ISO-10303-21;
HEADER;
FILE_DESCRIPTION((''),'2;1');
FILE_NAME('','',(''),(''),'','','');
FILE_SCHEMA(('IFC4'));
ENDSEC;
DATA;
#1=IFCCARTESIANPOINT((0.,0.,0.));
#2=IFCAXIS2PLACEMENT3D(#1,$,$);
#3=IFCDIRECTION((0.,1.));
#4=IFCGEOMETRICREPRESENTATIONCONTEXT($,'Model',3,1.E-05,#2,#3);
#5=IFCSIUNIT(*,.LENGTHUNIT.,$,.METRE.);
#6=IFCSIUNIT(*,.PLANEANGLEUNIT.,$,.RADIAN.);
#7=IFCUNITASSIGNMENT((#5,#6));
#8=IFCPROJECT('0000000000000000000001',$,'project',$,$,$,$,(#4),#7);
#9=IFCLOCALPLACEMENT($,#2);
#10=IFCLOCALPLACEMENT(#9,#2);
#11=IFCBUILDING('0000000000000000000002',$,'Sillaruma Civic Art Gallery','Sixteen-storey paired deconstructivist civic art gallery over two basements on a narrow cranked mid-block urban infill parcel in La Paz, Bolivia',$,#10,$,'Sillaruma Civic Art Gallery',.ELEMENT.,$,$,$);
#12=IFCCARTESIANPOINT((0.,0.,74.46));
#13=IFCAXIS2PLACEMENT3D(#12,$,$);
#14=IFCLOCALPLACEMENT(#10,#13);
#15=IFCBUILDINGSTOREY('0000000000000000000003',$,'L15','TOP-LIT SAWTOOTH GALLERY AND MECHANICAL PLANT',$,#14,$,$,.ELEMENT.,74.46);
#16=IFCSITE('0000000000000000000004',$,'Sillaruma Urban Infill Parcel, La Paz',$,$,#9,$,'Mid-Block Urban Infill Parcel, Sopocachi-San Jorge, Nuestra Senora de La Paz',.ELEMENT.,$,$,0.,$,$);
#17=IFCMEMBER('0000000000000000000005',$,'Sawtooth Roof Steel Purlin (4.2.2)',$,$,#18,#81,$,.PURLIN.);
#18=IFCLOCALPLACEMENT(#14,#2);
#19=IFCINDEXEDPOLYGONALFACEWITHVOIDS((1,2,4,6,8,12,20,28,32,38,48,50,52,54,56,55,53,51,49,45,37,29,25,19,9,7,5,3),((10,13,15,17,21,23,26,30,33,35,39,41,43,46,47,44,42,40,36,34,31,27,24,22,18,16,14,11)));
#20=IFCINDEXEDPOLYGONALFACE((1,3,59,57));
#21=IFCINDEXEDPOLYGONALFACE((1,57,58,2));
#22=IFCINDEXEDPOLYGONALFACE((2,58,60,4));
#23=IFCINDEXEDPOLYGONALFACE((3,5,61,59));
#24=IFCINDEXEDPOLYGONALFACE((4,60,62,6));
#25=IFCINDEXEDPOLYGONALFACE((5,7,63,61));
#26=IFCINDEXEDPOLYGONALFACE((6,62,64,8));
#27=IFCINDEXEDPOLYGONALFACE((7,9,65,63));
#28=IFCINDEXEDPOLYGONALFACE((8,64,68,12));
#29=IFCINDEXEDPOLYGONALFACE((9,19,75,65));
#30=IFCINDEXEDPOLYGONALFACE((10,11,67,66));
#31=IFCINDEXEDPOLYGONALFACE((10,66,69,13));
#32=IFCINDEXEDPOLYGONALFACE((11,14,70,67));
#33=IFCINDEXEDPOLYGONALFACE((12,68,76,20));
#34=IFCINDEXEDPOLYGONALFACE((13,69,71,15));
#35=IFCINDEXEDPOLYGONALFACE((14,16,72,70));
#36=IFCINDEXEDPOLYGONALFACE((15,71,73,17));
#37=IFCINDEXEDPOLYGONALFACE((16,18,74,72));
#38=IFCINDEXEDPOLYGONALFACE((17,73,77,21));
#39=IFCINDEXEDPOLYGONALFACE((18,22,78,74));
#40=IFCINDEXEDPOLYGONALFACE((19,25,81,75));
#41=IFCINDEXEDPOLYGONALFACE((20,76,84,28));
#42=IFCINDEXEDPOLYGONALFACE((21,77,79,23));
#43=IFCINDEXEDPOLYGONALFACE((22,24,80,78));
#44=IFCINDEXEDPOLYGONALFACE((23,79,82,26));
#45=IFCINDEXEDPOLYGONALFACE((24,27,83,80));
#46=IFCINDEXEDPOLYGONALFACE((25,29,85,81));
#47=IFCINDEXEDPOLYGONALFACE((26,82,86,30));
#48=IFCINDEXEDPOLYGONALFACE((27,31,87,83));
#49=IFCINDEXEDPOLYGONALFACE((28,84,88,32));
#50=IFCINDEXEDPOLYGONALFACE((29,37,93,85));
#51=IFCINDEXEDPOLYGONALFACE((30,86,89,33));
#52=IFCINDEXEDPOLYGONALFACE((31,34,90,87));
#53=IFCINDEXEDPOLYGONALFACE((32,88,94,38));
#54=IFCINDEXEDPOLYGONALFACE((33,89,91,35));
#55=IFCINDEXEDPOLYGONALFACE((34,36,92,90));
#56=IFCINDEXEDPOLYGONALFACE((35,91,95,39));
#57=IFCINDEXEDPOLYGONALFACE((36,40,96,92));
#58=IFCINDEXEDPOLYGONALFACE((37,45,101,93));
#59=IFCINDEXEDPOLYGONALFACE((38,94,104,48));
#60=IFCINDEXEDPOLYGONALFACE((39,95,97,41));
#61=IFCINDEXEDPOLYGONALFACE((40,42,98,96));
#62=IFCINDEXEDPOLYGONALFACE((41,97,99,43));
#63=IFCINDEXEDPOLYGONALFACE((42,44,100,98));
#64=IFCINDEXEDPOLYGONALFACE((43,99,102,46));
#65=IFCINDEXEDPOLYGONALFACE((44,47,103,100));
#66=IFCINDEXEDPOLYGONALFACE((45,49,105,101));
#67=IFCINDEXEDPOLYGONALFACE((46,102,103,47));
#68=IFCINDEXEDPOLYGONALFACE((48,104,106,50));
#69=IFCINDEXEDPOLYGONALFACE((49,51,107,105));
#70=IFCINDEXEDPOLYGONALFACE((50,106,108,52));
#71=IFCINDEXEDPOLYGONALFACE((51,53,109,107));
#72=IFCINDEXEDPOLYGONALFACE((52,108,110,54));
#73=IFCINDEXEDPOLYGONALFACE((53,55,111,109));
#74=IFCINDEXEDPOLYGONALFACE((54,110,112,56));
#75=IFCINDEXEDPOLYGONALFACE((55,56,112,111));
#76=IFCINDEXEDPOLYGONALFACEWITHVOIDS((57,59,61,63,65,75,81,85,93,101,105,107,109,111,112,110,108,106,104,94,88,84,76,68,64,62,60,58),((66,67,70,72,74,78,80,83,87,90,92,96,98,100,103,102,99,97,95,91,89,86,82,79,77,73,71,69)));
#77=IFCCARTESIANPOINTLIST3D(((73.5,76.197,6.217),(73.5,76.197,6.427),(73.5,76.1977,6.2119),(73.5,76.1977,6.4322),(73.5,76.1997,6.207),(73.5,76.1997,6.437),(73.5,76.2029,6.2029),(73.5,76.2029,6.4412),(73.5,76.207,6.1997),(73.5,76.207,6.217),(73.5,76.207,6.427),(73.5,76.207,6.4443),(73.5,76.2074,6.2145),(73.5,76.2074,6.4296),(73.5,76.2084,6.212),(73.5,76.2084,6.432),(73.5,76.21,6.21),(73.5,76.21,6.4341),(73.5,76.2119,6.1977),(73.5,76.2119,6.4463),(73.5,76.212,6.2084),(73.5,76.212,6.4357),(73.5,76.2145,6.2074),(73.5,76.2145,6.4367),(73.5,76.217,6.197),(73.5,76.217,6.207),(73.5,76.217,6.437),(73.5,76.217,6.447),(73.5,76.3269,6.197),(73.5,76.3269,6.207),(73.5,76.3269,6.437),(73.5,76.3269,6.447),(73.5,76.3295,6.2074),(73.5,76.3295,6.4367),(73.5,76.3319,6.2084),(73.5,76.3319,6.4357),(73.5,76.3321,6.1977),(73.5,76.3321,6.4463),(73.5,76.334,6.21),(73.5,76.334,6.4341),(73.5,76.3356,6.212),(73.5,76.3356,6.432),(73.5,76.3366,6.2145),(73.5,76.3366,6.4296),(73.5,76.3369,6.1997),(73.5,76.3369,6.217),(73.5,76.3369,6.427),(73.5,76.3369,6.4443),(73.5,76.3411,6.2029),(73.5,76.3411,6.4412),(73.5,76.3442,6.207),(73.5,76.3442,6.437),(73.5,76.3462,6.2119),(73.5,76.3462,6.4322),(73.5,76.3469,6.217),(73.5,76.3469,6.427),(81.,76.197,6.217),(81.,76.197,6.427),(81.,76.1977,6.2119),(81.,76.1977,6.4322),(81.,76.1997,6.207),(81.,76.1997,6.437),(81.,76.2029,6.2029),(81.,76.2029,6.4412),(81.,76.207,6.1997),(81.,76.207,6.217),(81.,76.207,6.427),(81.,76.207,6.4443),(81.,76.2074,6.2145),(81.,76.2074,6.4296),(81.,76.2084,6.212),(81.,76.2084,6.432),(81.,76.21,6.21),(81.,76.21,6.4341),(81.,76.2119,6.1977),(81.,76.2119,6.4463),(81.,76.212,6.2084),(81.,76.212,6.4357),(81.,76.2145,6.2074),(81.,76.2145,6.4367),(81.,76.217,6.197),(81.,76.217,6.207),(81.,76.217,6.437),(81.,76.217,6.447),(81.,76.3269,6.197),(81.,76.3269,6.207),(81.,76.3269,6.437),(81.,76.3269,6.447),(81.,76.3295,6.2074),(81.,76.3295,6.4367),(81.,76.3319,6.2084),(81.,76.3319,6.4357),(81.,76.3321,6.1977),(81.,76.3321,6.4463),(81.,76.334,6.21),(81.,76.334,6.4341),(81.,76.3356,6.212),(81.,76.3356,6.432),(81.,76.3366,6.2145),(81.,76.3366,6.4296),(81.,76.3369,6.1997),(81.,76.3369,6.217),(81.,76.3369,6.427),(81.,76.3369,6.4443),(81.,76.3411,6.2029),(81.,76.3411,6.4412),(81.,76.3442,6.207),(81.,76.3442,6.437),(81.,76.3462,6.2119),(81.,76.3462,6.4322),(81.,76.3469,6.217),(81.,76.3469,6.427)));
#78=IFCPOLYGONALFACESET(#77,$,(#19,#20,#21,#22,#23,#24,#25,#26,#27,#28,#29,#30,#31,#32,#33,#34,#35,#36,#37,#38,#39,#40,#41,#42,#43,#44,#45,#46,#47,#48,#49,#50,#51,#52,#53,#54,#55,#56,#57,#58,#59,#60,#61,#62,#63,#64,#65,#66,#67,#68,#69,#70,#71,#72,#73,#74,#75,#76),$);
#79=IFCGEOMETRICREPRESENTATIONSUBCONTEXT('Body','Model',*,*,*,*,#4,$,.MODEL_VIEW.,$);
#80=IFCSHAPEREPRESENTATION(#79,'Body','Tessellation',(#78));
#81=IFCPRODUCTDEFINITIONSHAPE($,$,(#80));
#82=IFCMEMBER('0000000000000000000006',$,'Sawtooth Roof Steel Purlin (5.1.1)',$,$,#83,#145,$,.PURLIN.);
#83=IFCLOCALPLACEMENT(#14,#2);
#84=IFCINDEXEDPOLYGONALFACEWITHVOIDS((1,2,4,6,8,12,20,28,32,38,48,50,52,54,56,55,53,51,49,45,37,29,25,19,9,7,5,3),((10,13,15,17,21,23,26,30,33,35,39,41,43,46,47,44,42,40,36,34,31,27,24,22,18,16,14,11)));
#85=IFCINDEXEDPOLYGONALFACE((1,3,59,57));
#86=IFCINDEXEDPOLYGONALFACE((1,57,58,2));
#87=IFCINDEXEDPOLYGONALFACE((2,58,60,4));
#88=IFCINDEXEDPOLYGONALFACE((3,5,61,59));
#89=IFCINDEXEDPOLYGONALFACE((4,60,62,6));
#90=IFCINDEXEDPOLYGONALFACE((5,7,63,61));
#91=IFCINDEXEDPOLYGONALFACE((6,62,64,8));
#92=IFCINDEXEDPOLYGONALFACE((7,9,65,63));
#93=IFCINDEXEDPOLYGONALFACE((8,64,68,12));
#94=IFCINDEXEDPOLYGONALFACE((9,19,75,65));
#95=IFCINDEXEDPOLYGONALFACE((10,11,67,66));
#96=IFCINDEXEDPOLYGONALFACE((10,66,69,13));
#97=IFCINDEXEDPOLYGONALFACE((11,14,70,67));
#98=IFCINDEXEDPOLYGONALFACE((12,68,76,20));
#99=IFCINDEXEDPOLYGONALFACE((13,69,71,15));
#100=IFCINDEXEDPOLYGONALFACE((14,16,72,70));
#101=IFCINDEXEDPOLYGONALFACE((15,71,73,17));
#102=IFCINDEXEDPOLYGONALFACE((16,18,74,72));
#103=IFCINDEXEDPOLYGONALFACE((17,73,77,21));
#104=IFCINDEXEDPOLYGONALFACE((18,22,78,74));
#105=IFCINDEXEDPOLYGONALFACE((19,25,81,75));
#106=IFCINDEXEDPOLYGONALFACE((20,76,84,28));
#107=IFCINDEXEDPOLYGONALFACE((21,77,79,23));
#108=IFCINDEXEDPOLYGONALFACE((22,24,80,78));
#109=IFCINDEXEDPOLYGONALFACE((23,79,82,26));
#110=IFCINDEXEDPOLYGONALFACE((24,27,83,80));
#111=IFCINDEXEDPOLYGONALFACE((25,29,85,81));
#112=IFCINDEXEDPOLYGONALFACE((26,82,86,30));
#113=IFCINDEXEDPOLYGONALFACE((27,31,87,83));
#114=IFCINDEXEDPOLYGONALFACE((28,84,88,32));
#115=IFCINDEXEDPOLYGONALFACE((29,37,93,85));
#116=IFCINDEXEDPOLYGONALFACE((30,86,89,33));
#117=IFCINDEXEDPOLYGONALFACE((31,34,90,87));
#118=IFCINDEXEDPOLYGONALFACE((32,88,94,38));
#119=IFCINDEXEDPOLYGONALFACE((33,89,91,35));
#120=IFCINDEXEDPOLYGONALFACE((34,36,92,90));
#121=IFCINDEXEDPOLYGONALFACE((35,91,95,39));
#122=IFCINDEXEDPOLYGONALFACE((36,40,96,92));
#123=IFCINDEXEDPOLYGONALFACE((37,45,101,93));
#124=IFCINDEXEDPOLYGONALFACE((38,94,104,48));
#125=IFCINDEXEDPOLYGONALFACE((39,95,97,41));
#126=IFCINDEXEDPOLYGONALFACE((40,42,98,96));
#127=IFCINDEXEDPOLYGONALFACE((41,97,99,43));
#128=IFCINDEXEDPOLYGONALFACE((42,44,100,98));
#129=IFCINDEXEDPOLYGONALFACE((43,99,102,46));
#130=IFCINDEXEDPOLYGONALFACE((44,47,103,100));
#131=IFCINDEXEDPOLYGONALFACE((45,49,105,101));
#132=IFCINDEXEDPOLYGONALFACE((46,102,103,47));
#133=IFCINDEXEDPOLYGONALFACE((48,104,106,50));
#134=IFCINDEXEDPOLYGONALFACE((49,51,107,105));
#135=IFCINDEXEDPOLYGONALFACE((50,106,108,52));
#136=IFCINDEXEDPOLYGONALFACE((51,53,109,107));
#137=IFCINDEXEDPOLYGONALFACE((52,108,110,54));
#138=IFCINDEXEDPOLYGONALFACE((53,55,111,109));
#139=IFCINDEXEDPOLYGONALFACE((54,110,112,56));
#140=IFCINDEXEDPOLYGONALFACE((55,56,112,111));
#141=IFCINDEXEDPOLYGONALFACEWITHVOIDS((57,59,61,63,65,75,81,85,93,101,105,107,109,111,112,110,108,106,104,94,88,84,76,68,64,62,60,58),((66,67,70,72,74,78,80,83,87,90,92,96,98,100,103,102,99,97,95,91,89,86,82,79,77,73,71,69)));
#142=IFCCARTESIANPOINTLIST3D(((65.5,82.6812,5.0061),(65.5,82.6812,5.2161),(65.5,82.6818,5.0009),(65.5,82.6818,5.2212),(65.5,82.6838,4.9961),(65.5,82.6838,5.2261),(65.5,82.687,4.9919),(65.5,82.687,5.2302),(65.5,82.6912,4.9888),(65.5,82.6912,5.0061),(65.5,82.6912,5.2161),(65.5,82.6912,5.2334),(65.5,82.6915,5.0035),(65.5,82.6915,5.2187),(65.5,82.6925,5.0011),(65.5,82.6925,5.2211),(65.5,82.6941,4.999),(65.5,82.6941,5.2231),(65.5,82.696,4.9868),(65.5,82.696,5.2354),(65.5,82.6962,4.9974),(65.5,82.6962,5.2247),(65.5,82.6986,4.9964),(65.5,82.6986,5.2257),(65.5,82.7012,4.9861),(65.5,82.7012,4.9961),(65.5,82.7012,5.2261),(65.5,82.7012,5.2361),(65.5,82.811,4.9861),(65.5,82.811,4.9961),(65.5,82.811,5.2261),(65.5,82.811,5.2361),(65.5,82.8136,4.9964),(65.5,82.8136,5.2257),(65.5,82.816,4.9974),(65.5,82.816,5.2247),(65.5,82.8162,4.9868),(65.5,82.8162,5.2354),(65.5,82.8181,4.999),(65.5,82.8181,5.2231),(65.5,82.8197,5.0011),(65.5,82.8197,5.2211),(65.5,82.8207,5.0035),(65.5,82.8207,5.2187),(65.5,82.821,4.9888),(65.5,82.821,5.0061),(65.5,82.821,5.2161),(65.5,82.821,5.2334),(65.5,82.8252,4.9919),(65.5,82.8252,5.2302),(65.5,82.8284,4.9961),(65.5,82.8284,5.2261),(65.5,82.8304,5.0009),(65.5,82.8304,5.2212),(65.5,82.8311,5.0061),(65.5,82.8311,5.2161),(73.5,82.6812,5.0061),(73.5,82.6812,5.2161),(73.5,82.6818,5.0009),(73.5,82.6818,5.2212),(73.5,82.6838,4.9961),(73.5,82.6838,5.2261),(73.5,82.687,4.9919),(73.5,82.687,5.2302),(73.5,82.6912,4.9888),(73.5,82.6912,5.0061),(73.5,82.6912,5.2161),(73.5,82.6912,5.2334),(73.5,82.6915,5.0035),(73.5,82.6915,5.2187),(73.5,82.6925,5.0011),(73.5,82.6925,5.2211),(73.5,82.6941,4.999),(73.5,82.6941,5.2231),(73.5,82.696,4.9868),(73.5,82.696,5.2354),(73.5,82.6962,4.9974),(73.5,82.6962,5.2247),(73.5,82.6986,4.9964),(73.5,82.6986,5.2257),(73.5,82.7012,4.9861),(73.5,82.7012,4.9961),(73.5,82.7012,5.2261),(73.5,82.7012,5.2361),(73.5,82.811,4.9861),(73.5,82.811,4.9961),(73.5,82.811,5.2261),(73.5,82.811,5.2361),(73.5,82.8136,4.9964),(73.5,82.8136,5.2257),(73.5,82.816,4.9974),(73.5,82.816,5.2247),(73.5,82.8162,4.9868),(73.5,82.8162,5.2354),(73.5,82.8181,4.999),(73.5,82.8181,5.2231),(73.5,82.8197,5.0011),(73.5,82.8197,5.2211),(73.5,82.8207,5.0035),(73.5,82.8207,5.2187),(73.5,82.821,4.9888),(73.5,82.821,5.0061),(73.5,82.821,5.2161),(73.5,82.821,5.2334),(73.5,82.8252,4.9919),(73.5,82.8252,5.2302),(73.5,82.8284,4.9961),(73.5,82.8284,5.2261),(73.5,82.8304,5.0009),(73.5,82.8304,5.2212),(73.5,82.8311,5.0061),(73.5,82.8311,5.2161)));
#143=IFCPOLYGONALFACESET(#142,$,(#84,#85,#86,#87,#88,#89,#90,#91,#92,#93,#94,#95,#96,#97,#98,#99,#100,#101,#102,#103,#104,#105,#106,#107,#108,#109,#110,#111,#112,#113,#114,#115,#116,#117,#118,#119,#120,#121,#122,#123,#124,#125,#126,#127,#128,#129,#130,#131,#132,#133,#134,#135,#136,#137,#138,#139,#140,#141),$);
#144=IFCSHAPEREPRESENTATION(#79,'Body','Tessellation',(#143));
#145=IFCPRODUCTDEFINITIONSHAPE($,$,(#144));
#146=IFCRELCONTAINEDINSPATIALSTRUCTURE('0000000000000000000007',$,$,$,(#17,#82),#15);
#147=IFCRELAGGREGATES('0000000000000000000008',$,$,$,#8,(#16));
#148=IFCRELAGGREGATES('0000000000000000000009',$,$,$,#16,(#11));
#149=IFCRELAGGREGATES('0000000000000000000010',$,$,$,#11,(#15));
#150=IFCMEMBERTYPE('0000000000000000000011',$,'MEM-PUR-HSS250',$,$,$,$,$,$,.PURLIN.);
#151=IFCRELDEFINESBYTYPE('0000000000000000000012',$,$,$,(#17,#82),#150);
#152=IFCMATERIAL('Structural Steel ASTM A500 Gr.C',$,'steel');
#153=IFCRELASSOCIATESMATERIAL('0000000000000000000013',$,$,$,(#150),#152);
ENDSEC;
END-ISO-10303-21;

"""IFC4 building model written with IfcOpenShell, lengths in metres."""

from ifc_helpers import new_model, si_unit, direction, frame, origin, origin_2d, place, context, subcontext, project, spatial, hollow_rectangle, extrude, material, material_profile, profile_set, type_object, element, save


model = new_model("IFC4")

# Units and contexts
model_context = context("Model", 3, precision=1e-05, world=origin(), true_north=direction((0.0, 1.0)))
body_context = subcontext(model_context, "Body", "Model", "MODEL_VIEW")
ifc_project = project(units=[si_unit("LENGTHUNIT", "METRE"), si_unit("PLANEANGLEUNIT", "RADIAN")], contexts=[model_context])

# Site, building, storey
site_placement = place(None, origin())
site = spatial("IfcSite", under=ifc_project, at=site_placement, Name="Sillaruma Urban Infill Parcel, La Paz", LongName="Mid-Block Urban Infill Parcel, Sopocachi-San Jorge, Nuestra Senora de La Paz", CompositionType="ELEMENT", RefElevation=0.0)
building_placement = place(site_placement, origin())
building = spatial("IfcBuilding", under=site, at=building_placement, Name="Sillaruma Civic Art Gallery", Description="Sixteen-storey paired deconstructivist civic art gallery over two basements on a narrow cranked mid-block urban infill parcel in La Paz, Bolivia", LongName="Sillaruma Civic Art Gallery", CompositionType="ELEMENT")
storey_placement = place(building_placement, frame((0.0, 0.0, 74.46)))
storey = spatial("IfcBuildingStorey", under=building, at=storey_placement, Name="L15", Description="TOP-LIT SAWTOOTH GALLERY AND MECHANICAL PLANT", CompositionType="ELEMENT", Elevation=74.46)

# Members
ifc_material_1 = material(Name="Structural Steel ASTM A500 Gr.C", Category="steel")
ifc_material_profile_1 = material_profile(ifc_material_1, hollow_rectangle(XDim=0.1499, YDim=0.25, WallThickness=0.01, InnerFilletRadius=0.01, OuterFilletRadius=0.02, at=origin_2d()), Name="HSS250x150x10")
ifc_profile_set_1 = profile_set([ifc_material_profile_1], Name="Structural Steel ASTM A500 Gr.C")
member_type_1 = type_object("IfcMemberType", Name="MEM-PUR-HSS250", PredefinedType="PURLIN", material=ifc_profile_set_1)
member_1_placement = place(storey_placement, frame((73.5, 76.272, 6.322), z_axis=(1.0, 0.0, 0.0), x_axis=(0.0, 1.0, 0.0)))
element("IfcMember", 1, at=member_1_placement, inside=storey, type_object=member_type_1, Name="Sawtooth Roof Steel Purlin (4.2.2)", PredefinedType="PURLIN", context=body_context, shape_type="SweptSolid", body=[
    extrude(hollow_rectangle(XDim=0.1499, YDim=0.25, WallThickness=0.01, InnerFilletRadius=0.01, OuterFilletRadius=0.02, at=origin_2d()), origin(), (0.0, 0.0, 1.0), 7.5),
])
member_2_placement = place(storey_placement, frame((65.5, 82.7561, 5.1111), z_axis=(1.0, 0.0, 0.0), x_axis=(0.0, 1.0, 0.0)))
element("IfcMember", 2, at=member_2_placement, inside=storey, type_object=member_type_1, Name="Sawtooth Roof Steel Purlin (5.1.1)", PredefinedType="PURLIN", context=body_context, shape_type="SweptSolid", body=[
    extrude(hollow_rectangle(XDim=0.1499, YDim=0.25, WallThickness=0.01, InnerFilletRadius=0.01, OuterFilletRadius=0.02, at=origin_2d()), origin(), (0.0, 0.0, 1.0), 8.0),
])

save(model, "model.ifc")
